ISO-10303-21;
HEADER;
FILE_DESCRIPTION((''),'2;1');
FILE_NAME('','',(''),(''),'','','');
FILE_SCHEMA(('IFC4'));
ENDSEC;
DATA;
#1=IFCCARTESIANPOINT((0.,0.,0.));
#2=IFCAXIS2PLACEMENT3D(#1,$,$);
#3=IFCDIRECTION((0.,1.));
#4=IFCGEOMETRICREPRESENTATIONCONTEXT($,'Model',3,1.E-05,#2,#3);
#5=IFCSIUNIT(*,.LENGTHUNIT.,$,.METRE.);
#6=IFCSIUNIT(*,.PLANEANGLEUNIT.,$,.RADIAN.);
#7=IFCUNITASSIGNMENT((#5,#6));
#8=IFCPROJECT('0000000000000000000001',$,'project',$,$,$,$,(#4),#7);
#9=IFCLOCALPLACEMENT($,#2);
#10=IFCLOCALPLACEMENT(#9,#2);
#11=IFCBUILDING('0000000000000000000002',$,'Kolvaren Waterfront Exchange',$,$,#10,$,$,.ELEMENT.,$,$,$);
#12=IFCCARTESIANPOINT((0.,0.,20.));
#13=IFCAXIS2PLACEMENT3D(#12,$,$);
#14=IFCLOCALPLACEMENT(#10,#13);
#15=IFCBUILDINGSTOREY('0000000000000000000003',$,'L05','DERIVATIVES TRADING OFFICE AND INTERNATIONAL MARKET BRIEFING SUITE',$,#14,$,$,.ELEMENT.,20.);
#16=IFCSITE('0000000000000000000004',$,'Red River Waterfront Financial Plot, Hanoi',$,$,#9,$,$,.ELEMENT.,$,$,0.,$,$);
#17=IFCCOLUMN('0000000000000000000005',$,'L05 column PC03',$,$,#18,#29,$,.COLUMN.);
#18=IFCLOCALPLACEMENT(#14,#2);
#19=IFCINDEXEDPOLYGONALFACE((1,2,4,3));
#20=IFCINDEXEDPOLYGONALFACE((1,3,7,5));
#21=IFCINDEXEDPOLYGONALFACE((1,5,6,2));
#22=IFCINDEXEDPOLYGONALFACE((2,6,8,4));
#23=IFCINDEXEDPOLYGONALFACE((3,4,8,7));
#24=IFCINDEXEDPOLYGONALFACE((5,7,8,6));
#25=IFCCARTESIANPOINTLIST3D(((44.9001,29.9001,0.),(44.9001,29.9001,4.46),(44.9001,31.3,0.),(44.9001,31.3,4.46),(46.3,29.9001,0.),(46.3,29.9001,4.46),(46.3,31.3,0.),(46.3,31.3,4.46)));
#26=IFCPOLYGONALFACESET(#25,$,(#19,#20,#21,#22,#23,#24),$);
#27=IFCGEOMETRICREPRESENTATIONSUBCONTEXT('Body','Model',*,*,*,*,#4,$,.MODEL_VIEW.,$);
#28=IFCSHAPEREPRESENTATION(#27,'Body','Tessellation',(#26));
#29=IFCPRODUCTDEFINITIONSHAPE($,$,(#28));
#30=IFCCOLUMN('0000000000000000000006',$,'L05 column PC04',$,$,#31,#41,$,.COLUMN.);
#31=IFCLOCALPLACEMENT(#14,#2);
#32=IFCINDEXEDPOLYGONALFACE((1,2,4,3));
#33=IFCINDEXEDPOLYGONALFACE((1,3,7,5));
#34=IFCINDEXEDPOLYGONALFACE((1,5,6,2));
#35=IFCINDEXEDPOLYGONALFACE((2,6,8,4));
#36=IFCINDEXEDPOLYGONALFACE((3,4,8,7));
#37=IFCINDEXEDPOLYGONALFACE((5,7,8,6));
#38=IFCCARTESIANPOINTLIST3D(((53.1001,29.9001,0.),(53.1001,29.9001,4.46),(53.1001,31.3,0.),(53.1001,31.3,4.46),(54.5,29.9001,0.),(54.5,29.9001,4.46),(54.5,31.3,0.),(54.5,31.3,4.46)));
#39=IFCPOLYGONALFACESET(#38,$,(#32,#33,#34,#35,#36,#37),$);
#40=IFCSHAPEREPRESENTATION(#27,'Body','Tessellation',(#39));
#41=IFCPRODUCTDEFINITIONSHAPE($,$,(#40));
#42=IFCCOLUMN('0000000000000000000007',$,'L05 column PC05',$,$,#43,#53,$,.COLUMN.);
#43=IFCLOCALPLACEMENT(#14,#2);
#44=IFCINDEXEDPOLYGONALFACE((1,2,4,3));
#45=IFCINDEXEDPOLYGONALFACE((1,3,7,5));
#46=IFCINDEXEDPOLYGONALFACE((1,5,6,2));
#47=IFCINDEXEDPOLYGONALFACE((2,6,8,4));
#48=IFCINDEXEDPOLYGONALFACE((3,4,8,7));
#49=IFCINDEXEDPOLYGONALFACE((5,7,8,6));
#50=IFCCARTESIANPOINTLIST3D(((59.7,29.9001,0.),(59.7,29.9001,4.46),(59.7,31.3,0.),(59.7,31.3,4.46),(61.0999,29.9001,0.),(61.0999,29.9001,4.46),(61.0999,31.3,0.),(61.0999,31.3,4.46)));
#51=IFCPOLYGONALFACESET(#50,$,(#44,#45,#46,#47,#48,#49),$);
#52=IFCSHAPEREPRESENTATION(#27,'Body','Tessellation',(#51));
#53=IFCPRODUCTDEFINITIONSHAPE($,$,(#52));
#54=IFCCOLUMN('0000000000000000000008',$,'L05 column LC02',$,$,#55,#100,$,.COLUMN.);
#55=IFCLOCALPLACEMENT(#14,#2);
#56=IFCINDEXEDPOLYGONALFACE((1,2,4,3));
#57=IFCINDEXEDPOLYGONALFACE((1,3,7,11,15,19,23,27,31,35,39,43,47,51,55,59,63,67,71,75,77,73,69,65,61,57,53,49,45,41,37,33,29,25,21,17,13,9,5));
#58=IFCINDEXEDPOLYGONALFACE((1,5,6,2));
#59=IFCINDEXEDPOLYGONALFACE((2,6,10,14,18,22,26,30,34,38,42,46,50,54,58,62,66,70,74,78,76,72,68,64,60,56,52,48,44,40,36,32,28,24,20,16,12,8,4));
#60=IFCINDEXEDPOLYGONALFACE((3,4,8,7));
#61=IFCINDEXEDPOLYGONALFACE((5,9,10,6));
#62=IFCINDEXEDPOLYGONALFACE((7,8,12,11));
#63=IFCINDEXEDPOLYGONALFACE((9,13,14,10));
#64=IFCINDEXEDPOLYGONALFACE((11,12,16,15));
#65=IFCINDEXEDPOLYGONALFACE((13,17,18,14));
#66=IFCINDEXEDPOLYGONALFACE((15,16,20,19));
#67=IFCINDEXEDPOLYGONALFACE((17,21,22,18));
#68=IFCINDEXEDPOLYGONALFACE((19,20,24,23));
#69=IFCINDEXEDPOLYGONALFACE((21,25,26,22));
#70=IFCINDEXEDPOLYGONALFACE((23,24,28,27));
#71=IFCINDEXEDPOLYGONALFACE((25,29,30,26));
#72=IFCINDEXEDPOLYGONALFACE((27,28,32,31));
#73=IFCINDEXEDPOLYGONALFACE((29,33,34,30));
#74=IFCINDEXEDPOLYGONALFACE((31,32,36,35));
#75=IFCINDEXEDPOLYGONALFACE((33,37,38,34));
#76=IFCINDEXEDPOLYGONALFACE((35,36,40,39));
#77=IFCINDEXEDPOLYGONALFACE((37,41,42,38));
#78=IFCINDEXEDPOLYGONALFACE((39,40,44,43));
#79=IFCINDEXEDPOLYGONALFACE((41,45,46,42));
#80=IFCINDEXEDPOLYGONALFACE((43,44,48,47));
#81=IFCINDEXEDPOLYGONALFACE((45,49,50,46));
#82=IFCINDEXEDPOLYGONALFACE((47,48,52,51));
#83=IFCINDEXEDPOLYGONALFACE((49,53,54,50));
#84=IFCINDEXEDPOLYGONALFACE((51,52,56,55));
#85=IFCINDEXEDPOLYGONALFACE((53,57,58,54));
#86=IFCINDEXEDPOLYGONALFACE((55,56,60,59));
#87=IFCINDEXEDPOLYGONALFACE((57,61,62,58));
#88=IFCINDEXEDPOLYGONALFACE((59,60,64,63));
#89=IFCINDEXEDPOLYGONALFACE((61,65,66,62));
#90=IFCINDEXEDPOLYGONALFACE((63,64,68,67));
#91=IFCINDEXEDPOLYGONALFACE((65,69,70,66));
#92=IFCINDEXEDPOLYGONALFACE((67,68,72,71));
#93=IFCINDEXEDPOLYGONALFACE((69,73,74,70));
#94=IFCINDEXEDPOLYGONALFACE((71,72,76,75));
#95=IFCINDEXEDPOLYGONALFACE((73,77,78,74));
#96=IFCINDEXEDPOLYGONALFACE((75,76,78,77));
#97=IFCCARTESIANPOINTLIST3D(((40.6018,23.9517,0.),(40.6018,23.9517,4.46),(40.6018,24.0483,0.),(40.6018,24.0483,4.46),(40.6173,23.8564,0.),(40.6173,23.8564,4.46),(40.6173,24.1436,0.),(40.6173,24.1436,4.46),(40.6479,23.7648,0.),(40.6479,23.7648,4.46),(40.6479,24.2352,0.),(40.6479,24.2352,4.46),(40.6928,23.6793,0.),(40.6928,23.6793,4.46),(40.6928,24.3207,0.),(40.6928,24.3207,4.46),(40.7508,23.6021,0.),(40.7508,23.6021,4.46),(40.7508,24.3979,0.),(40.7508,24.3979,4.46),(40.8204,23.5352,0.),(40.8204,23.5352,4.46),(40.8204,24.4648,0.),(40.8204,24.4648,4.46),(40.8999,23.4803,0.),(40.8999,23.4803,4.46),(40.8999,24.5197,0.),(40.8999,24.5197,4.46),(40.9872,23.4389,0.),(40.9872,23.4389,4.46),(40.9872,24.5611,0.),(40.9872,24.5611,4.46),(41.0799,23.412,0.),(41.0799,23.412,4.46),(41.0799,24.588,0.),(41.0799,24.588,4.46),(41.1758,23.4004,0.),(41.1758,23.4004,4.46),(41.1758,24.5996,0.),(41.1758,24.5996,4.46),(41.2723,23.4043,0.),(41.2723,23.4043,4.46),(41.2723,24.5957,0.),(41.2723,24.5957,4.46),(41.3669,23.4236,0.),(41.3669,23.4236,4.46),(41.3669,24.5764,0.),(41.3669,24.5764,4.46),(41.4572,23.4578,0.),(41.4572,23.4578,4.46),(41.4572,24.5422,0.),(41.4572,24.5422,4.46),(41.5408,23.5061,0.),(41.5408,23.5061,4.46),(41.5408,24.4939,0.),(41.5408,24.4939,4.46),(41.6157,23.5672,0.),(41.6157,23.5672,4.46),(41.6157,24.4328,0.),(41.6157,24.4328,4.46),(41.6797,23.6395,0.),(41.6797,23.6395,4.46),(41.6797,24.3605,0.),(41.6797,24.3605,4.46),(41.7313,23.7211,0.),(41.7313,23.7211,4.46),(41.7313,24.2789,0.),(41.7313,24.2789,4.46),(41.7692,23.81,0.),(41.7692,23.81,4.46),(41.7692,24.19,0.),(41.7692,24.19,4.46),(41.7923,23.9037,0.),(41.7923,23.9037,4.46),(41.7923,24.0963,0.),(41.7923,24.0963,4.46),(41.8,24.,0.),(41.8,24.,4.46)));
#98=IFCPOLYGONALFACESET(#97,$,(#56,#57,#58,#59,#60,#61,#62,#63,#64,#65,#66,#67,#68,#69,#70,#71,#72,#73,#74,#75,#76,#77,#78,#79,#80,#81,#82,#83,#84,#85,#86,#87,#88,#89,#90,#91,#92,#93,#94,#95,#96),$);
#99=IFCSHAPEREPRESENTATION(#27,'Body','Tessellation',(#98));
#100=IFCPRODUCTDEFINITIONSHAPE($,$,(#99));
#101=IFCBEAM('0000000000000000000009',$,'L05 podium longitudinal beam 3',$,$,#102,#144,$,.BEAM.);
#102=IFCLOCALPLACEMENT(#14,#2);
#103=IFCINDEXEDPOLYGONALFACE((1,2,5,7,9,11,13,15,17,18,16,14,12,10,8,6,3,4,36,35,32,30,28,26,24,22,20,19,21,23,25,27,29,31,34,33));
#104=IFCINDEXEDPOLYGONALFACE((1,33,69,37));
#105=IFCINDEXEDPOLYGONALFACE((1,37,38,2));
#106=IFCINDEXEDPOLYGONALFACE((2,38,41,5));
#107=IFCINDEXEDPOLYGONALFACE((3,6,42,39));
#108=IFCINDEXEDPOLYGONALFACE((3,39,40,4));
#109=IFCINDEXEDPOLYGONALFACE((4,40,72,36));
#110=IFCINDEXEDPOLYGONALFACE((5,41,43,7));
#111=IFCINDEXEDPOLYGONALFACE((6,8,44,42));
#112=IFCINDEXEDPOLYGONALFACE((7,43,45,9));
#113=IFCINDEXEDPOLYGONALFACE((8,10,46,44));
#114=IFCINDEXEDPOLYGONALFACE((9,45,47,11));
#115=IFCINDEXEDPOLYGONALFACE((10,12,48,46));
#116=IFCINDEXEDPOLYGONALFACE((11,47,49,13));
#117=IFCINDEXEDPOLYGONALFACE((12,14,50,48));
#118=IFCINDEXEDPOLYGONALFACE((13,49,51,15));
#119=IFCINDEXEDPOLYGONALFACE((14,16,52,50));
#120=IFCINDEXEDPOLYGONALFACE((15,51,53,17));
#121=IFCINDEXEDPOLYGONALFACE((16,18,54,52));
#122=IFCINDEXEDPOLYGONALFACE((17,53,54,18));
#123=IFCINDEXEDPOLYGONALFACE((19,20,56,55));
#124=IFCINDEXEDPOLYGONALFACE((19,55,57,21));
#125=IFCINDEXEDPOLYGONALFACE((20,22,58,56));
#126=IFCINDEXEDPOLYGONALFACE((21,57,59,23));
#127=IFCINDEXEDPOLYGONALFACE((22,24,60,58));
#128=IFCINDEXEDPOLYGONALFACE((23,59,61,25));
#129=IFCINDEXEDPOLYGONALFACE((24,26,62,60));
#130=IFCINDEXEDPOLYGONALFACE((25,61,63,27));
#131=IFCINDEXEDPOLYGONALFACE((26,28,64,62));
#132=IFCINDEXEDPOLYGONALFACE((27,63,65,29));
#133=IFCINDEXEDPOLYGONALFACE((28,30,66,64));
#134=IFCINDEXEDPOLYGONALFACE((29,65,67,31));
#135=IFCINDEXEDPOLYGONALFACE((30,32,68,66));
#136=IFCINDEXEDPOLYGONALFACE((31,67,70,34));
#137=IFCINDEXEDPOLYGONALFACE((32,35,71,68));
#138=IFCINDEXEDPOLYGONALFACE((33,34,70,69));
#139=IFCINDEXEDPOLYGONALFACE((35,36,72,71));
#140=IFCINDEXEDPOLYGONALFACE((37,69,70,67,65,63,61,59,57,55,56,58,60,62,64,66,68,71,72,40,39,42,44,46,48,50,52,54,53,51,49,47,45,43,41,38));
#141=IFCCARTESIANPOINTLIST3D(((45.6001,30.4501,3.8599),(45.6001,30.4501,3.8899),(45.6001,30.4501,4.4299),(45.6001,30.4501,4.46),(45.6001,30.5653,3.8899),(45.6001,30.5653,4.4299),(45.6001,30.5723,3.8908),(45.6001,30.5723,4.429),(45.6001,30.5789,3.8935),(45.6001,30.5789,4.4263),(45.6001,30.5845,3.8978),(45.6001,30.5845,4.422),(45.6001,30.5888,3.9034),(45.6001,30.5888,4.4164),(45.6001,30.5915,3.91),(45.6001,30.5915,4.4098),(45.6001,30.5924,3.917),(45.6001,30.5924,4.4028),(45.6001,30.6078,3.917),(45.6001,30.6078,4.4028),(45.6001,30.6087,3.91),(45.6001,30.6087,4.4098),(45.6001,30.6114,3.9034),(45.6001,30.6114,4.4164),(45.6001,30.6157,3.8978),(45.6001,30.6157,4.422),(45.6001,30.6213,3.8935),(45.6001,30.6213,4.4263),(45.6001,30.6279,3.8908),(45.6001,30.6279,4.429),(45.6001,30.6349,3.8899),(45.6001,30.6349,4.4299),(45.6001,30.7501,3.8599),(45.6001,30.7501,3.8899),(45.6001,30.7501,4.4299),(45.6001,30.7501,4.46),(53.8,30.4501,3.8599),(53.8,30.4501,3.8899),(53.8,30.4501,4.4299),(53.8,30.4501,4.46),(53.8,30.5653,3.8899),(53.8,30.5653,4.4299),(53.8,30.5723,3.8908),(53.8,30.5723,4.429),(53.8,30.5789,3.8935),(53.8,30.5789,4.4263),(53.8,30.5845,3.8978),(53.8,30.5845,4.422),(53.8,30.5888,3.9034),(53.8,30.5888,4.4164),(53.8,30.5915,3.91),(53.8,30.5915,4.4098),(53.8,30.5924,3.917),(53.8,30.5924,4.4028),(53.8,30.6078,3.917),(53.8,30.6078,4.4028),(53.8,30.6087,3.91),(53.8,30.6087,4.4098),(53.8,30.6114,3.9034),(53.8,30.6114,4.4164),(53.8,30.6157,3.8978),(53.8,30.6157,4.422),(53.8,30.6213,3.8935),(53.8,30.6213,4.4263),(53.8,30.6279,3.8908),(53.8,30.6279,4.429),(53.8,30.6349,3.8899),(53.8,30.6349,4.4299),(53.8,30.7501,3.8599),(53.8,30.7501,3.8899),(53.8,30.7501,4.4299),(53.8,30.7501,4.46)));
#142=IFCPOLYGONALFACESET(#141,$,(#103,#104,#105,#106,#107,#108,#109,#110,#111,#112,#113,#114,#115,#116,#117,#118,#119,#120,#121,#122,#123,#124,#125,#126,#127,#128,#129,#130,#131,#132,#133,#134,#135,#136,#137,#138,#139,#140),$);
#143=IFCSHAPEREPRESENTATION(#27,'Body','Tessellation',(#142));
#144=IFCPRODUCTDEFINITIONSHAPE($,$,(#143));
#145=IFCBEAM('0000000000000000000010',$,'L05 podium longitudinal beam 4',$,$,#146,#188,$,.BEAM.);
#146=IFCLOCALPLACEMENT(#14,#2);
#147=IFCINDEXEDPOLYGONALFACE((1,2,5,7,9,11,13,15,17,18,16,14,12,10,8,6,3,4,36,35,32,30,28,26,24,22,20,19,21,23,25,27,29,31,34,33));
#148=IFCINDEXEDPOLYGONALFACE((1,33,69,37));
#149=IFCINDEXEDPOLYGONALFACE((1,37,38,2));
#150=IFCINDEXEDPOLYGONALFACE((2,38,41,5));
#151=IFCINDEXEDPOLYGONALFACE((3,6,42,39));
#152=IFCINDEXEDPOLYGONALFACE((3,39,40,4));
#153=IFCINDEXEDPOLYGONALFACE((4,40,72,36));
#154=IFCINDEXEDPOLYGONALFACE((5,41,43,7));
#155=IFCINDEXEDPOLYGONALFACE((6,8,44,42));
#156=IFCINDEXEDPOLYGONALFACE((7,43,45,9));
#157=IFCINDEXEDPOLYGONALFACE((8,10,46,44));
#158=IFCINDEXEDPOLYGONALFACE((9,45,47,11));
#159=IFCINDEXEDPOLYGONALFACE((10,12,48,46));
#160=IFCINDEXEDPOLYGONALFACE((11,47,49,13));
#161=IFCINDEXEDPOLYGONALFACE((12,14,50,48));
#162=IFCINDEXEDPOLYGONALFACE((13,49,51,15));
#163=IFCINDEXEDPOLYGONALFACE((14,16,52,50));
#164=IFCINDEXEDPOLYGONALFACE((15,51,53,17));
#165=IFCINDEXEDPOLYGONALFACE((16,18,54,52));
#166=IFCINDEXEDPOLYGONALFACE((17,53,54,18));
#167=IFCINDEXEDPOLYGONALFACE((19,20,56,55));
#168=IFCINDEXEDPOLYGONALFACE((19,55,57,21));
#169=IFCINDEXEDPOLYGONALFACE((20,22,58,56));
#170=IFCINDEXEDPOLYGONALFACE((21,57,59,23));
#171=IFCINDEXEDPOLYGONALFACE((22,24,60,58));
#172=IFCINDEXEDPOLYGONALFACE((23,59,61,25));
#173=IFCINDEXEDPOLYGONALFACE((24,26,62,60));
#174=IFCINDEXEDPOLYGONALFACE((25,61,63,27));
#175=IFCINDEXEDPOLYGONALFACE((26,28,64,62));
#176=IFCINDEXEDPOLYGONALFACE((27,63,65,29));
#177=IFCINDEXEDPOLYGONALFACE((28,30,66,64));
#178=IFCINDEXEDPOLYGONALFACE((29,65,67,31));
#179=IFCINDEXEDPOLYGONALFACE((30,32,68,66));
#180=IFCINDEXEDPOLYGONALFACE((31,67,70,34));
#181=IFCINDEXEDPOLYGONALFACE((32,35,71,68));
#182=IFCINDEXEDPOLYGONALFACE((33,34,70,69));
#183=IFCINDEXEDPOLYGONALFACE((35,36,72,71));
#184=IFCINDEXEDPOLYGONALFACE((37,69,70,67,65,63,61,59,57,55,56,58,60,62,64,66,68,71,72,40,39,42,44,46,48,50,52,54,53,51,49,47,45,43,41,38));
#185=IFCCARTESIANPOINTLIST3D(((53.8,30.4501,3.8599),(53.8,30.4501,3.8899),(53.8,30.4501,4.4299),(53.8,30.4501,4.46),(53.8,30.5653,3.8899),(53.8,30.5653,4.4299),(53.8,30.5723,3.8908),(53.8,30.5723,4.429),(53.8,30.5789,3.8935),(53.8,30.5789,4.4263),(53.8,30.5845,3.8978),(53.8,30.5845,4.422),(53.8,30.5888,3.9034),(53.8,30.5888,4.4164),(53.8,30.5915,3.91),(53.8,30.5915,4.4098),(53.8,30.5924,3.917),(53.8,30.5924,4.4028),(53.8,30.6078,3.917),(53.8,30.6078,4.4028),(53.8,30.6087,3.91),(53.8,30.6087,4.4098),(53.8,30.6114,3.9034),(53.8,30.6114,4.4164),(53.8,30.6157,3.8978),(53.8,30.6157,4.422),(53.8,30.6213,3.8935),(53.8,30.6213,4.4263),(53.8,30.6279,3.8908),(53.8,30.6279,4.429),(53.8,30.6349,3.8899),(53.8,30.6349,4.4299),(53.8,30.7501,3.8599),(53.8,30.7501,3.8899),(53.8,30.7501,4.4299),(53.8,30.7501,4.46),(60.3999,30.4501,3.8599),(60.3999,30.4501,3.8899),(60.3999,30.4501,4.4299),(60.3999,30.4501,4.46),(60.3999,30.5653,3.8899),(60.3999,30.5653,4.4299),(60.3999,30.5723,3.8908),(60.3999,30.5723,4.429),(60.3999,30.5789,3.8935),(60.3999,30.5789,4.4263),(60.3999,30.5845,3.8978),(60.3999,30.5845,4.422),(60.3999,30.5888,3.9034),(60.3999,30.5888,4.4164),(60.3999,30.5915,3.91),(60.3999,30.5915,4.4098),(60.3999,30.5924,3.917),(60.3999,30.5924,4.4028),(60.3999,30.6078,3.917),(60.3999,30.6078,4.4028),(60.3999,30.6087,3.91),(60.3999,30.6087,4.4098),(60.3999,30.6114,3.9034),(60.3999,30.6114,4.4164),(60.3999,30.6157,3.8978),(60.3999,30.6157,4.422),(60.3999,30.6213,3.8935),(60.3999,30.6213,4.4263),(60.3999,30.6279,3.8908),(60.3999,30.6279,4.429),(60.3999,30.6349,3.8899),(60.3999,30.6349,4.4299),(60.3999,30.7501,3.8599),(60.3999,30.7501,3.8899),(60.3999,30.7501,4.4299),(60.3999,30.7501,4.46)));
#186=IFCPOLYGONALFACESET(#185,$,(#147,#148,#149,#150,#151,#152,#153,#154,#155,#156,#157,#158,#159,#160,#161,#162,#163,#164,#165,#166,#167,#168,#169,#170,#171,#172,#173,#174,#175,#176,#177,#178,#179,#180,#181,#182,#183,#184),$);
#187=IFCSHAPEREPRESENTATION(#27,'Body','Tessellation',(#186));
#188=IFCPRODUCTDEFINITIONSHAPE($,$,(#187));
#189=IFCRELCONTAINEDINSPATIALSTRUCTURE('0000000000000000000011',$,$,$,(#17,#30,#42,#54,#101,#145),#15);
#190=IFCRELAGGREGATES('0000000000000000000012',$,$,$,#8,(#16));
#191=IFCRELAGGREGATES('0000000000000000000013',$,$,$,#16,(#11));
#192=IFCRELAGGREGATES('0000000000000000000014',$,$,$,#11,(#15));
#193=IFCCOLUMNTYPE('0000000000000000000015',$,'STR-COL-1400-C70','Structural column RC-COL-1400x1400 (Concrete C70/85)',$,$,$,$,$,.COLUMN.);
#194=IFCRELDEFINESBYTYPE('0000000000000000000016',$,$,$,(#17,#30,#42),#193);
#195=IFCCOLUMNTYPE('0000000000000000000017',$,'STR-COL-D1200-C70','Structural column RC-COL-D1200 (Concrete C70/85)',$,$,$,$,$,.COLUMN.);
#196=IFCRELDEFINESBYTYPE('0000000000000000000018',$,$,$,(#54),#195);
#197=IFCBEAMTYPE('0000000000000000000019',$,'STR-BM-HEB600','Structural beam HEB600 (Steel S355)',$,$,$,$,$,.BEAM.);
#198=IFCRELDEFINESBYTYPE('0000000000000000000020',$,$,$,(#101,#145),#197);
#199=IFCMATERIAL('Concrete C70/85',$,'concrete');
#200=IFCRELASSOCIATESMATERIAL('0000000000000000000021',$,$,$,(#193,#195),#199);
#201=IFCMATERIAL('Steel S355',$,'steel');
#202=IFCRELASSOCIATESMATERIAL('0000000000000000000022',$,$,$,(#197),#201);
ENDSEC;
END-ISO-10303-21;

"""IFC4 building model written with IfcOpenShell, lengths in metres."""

from ifc_helpers import new_model, si_unit, direction, frame, origin, origin_2d, place, context, subcontext, project, spatial, rectangle, circle, i_section, extrude, material, material_profile, profile_set, type_object, element, save


model = new_model("IFC4")

# Units and contexts
model_context = context("Model", 3, precision=1e-05, world=origin(), true_north=direction((0.0, 1.0)))
body_context = subcontext(model_context, "Body", "Model", "MODEL_VIEW")
ifc_project = project(units=[si_unit("LENGTHUNIT", "METRE"), si_unit("PLANEANGLEUNIT", "RADIAN")], contexts=[model_context])

# Site, building, storey
site_placement = place(None, origin())
site = spatial("IfcSite", under=ifc_project, at=site_placement, Name="Red River Waterfront Financial Plot, Hanoi", CompositionType="ELEMENT", RefElevation=0.0)
building_placement = place(site_placement, origin())
building = spatial("IfcBuilding", under=site, at=building_placement, Name="Kolvaren Waterfront Exchange", CompositionType="ELEMENT")
storey_placement = place(building_placement, frame((0.0, 0.0, 20.0)))
storey = spatial("IfcBuildingStorey", under=building, at=storey_placement, Name="L05", Description="DERIVATIVES TRADING OFFICE AND INTERNATIONAL MARKET BRIEFING SUITE", CompositionType="ELEMENT", Elevation=20.0)

# Columns
ifc_material_1 = material(Name="Concrete C70/85", Category="concrete")
ifc_material_profile_1 = material_profile(ifc_material_1, rectangle(XDim=1.3999, YDim=1.3999, at=origin_2d()), Name="RC-COL-1400x1400")
ifc_profile_set_1 = profile_set([ifc_material_profile_1], Name="Concrete C70/85")
column_type_1 = type_object("IfcColumnType", Name="STR-COL-1400-C70", Description="Structural column RC-COL-1400x1400 (Concrete C70/85)", PredefinedType="COLUMN", material=ifc_profile_set_1)
for number, where, z_axis, x_axis, name in (
    (1, (45.6001, 30.6001, 0.0), (0.0, 0.0, 1.0), (1.0, 0.0, 0.0), "L05 column PC03"),
    (2, (53.8, 30.6001, 0.0), (0.0, 0.0, 1.0), (1.0, 0.0, 0.0), "L05 column PC04"),
    (3, (60.3999, 30.6001, 0.0), (0.0, 0.0, 1.0), (1.0, 0.0, 0.0), "L05 column PC05"),
):
    element("IfcColumn", number, at=place(storey_placement, frame(where, z_axis=z_axis, x_axis=x_axis)), inside=storey, type_object=column_type_1, Name=name, PredefinedType="COLUMN", context=body_context, shape_type="SweptSolid", body=[
        extrude(rectangle(XDim=1.3999, YDim=1.3999, at=origin_2d()), origin(), (0.0, 0.0, 1.0), 4.46),
    ])
ifc_material_profile_2 = material_profile(ifc_material_1, circle(Radius=0.6001, at=origin_2d()), Name="RC-COL-D1200")
ifc_profile_set_2 = profile_set([ifc_material_profile_2], Name="Concrete C70/85")
column_type_2 = type_object("IfcColumnType", Name="STR-COL-D1200-C70", Description="Structural column RC-COL-D1200 (Concrete C70/85)", PredefinedType="COLUMN", material=ifc_profile_set_2)
column_placement = place(storey_placement, frame((41.2, 24.0, 0.0), z_axis=(0.0, 0.0, 1.0), x_axis=(1.0, 0.0, 0.0)))
element("IfcColumn", 4, at=column_placement, inside=storey, type_object=column_type_2, Name="L05 column LC02", PredefinedType="COLUMN", context=body_context, shape_type="SweptSolid", body=[
    extrude(circle(Radius=0.6001, at=origin_2d()), origin(), (0.0, 0.0, 1.0), 4.46),
])

# Beams
ifc_material_2 = material(Name="Steel S355", Category="steel")
ifc_material_profile_3 = material_profile(ifc_material_2, i_section(OverallWidth=0.3, OverallDepth=0.6001, WebThickness=0.0154, FlangeThickness=0.03, FilletRadius=0.0271, at=origin_2d()), Name="HEB600")
ifc_profile_set_3 = profile_set([ifc_material_profile_3], Name="Steel S355")
beam_type_1 = type_object("IfcBeamType", Name="STR-BM-HEB600", Description="Structural beam HEB600 (Steel S355)", PredefinedType="BEAM", material=ifc_profile_set_3)
beam_1_placement = place(storey_placement, frame((45.6001, 30.6001, 4.1599), z_axis=(1.0, 0.0, 0.0), x_axis=(0.0, 1.0, 0.0)))
element("IfcBeam", 5, at=beam_1_placement, inside=storey, type_object=beam_type_1, Name="L05 podium longitudinal beam 3", PredefinedType="BEAM", context=body_context, shape_type="SweptSolid", body=[
    extrude(i_section(OverallWidth=0.3, OverallDepth=0.6001, WebThickness=0.0154, FlangeThickness=0.03, FilletRadius=0.0271, at=origin_2d()), origin(), (0.0, 0.0, 1.0), 8.2),
])
beam_2_placement = place(storey_placement, frame((53.8, 30.6001, 4.1599), z_axis=(1.0, 0.0, 0.0), x_axis=(0.0, 1.0, 0.0)))
element("IfcBeam", 6, at=beam_2_placement, inside=storey, type_object=beam_type_1, Name="L05 podium longitudinal beam 4", PredefinedType="BEAM", context=body_context, shape_type="SweptSolid", body=[
    extrude(i_section(OverallWidth=0.3, OverallDepth=0.6001, WebThickness=0.0154, FlangeThickness=0.03, FilletRadius=0.0271, at=origin_2d()), origin(), (0.0, 0.0, 1.0), 6.5999),
])

save(model, "model.ifc")
